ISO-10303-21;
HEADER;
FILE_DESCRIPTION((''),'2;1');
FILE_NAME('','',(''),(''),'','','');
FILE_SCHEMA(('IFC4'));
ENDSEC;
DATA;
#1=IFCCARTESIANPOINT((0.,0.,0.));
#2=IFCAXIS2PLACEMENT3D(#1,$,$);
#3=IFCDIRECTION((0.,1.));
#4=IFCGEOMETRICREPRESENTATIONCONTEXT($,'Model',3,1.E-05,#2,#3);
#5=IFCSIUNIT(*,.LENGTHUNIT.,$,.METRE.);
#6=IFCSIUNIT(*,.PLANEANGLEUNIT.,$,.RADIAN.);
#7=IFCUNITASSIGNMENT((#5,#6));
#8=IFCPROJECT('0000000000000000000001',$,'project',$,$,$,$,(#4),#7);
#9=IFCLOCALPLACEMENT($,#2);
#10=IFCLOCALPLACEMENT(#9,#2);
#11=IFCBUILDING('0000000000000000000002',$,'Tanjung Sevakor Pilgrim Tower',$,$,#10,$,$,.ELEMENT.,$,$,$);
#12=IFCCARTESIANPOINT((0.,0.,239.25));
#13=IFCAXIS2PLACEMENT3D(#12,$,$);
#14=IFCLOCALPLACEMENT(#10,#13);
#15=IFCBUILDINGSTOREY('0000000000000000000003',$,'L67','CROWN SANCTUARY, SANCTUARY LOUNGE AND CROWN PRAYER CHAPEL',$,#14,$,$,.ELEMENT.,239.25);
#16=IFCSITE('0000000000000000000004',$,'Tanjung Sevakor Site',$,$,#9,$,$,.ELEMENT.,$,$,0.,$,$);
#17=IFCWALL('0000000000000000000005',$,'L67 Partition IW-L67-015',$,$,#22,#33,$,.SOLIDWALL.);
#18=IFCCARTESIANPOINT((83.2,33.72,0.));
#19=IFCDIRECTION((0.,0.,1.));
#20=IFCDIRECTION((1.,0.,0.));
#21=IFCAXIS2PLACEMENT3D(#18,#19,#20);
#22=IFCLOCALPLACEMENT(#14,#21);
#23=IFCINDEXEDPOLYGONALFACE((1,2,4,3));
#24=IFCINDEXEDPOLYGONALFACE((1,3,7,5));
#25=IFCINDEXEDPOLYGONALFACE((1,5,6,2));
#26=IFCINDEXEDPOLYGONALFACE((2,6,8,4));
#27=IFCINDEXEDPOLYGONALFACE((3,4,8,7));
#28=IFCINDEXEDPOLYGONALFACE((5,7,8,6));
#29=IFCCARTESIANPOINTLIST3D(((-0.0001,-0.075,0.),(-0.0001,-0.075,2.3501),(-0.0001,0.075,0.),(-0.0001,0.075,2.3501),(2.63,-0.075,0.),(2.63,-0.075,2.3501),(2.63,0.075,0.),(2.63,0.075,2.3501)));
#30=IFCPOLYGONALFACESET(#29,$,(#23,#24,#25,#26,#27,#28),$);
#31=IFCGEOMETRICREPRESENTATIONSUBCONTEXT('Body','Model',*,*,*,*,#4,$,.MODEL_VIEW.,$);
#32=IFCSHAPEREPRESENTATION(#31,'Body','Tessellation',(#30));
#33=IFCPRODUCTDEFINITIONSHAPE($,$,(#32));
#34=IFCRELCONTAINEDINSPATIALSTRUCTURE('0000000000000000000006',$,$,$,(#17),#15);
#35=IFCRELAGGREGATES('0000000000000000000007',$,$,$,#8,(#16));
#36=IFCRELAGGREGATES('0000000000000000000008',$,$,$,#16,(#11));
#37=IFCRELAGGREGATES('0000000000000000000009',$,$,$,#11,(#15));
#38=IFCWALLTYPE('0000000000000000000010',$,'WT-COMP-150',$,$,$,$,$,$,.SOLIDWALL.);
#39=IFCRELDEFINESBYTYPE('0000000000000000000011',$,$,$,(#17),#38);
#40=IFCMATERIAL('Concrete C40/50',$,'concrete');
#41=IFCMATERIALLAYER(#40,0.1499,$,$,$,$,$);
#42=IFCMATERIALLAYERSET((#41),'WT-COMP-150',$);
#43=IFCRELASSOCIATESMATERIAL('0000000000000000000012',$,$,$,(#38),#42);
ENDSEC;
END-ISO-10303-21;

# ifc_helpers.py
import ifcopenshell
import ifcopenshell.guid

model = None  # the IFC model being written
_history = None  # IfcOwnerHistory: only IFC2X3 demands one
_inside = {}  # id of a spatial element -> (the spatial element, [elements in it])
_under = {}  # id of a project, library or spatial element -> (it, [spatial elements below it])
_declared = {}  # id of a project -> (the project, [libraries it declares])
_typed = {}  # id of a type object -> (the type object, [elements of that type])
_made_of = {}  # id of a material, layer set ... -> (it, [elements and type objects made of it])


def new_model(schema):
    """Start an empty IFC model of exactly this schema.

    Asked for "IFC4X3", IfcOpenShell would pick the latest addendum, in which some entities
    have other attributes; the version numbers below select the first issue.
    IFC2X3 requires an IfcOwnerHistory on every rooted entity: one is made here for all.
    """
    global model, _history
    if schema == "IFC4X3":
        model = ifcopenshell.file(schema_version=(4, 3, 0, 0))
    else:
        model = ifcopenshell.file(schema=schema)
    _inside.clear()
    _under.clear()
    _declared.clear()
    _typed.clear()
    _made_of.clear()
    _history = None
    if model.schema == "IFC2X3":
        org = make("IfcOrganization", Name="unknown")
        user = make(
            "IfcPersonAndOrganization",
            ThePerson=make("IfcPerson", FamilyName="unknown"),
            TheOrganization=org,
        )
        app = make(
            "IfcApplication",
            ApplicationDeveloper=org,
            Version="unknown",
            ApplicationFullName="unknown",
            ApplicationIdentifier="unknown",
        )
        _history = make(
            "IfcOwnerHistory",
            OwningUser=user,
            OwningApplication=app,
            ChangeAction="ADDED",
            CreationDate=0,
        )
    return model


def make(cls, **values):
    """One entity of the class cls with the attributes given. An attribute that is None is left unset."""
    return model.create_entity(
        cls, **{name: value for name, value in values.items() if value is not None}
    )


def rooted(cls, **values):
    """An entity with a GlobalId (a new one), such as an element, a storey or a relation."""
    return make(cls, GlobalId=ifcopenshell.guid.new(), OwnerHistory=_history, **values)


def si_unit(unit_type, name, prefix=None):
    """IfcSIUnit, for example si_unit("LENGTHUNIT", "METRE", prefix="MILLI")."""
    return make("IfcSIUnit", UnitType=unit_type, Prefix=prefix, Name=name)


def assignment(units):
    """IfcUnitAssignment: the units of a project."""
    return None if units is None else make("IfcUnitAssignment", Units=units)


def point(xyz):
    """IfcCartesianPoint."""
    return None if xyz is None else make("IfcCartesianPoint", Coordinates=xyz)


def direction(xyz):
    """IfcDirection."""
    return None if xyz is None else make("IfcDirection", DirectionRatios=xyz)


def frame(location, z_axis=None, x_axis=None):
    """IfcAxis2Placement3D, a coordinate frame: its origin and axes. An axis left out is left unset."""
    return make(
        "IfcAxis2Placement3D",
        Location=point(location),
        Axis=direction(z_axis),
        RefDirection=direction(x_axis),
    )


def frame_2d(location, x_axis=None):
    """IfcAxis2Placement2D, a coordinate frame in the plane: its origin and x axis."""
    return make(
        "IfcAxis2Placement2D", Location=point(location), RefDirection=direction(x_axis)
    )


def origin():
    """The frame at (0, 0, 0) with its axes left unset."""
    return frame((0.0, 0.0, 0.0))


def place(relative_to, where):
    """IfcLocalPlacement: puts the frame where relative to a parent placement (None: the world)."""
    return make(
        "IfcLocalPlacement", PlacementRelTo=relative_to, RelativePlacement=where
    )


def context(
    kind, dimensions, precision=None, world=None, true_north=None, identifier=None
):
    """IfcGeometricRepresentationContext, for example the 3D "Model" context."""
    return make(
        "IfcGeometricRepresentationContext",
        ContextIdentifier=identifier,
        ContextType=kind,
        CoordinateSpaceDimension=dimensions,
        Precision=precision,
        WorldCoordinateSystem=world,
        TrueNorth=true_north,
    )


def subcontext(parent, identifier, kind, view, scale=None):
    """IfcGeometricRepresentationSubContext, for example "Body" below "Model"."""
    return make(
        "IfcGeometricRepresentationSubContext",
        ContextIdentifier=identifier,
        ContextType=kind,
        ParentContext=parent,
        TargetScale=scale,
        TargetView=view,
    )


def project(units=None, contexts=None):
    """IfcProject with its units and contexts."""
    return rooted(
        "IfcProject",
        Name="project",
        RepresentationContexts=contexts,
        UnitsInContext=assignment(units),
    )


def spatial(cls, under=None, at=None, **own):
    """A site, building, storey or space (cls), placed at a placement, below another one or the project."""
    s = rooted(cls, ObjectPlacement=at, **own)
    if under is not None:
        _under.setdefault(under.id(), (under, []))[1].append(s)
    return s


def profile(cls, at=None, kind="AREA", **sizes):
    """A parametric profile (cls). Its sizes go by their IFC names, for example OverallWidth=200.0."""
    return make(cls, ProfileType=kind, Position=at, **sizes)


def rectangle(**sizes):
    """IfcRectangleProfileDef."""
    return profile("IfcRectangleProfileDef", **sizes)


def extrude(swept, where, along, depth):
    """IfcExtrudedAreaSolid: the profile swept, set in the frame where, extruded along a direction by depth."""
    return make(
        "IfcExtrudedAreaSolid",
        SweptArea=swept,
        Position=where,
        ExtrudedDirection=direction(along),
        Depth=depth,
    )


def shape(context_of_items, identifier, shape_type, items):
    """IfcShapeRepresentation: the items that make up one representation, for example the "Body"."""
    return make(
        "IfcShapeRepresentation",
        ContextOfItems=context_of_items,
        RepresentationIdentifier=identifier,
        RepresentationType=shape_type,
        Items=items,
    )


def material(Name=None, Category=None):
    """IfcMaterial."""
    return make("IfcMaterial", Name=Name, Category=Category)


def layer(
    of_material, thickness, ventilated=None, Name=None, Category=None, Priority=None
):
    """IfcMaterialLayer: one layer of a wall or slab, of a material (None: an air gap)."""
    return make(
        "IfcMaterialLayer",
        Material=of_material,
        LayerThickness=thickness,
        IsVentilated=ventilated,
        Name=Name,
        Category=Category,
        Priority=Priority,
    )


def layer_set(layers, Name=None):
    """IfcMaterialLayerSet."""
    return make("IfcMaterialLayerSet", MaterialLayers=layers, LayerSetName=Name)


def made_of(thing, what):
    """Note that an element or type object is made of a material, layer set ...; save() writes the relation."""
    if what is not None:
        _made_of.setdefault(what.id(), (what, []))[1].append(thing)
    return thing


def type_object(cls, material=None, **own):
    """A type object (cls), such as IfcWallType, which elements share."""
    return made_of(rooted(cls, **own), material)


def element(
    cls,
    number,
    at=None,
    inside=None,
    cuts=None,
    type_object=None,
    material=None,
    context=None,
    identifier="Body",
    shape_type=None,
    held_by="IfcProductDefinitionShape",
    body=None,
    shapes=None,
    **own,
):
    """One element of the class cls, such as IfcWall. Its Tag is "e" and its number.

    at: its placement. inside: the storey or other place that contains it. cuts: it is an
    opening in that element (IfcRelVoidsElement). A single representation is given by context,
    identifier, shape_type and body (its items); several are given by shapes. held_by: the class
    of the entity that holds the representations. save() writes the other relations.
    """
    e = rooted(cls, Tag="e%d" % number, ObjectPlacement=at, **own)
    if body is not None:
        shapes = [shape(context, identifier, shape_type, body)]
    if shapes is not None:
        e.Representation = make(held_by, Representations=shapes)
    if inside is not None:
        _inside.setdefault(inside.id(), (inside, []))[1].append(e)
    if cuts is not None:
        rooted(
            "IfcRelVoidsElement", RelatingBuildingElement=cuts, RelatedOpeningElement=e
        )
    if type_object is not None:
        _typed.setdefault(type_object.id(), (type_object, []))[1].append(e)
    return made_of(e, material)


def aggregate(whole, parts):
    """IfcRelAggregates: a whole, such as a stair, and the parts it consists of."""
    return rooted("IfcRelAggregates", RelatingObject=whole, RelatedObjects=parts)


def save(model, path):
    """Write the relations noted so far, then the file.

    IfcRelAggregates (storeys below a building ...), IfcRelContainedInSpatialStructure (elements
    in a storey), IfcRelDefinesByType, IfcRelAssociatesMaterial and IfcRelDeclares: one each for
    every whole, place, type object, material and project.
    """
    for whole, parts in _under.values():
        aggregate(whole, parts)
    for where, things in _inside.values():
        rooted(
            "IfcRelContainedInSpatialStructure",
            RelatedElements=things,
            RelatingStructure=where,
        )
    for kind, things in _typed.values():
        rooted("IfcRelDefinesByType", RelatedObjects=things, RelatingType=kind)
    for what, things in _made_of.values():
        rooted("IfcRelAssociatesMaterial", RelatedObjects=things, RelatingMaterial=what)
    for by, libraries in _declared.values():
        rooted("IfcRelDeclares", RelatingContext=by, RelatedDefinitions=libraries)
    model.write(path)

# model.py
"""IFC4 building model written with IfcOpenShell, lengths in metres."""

from ifc_helpers import new_model, si_unit, direction, frame, frame_2d, origin, place, context, subcontext, project, spatial, rectangle, extrude, material, layer, layer_set, type_object, element, save


model = new_model("IFC4")

# Units and contexts
model_context = context("Model", 3, precision=1e-05, world=origin(), true_north=direction((0.0, 1.0)))
body_context = subcontext(model_context, "Body", "Model", "MODEL_VIEW")
ifc_project = project(units=[si_unit("LENGTHUNIT", "METRE"), si_unit("PLANEANGLEUNIT", "RADIAN")], contexts=[model_context])

# Site, building, storey
site_placement = place(None, origin())
site = spatial("IfcSite", under=ifc_project, at=site_placement, Name="Tanjung Sevakor Site", CompositionType="ELEMENT", RefElevation=0.0)
building_placement = place(site_placement, origin())
building = spatial("IfcBuilding", under=site, at=building_placement, Name="Tanjung Sevakor Pilgrim Tower", CompositionType="ELEMENT")
storey_placement = place(building_placement, frame((0.0, 0.0, 239.25)))
storey = spatial("IfcBuildingStorey", under=building, at=storey_placement, Name="L67", Description="CROWN SANCTUARY, SANCTUARY LOUNGE AND CROWN PRAYER CHAPEL", CompositionType="ELEMENT", Elevation=239.25)

# Wall
ifc_material_1 = material(Name="Concrete C40/50", Category="concrete")
ifc_layer_1 = layer(ifc_material_1, 0.1499)
ifc_layer_set_1 = layer_set([ifc_layer_1], Name="WT-COMP-150")
wall_type_1 = type_object("IfcWallType", Name="WT-COMP-150", PredefinedType="SOLIDWALL", material=ifc_layer_set_1)
wall_1_placement = place(storey_placement, frame((83.2, 33.72, 0.0), z_axis=(0.0, 0.0, 1.0), x_axis=(1.0, 0.0, 0.0)))
element("IfcWall", 1, at=wall_1_placement, inside=storey, type_object=wall_type_1, Name="L67 Partition IW-L67-015", PredefinedType="SOLIDWALL", context=body_context, shape_type="SweptSolid", body=[
    extrude(rectangle(XDim=2.6301, YDim=0.1499, at=frame_2d((1.3149, 0.0))), origin(), (0.0, 0.0, 1.0), 2.3501),
])

save(model, "model.ifc")
